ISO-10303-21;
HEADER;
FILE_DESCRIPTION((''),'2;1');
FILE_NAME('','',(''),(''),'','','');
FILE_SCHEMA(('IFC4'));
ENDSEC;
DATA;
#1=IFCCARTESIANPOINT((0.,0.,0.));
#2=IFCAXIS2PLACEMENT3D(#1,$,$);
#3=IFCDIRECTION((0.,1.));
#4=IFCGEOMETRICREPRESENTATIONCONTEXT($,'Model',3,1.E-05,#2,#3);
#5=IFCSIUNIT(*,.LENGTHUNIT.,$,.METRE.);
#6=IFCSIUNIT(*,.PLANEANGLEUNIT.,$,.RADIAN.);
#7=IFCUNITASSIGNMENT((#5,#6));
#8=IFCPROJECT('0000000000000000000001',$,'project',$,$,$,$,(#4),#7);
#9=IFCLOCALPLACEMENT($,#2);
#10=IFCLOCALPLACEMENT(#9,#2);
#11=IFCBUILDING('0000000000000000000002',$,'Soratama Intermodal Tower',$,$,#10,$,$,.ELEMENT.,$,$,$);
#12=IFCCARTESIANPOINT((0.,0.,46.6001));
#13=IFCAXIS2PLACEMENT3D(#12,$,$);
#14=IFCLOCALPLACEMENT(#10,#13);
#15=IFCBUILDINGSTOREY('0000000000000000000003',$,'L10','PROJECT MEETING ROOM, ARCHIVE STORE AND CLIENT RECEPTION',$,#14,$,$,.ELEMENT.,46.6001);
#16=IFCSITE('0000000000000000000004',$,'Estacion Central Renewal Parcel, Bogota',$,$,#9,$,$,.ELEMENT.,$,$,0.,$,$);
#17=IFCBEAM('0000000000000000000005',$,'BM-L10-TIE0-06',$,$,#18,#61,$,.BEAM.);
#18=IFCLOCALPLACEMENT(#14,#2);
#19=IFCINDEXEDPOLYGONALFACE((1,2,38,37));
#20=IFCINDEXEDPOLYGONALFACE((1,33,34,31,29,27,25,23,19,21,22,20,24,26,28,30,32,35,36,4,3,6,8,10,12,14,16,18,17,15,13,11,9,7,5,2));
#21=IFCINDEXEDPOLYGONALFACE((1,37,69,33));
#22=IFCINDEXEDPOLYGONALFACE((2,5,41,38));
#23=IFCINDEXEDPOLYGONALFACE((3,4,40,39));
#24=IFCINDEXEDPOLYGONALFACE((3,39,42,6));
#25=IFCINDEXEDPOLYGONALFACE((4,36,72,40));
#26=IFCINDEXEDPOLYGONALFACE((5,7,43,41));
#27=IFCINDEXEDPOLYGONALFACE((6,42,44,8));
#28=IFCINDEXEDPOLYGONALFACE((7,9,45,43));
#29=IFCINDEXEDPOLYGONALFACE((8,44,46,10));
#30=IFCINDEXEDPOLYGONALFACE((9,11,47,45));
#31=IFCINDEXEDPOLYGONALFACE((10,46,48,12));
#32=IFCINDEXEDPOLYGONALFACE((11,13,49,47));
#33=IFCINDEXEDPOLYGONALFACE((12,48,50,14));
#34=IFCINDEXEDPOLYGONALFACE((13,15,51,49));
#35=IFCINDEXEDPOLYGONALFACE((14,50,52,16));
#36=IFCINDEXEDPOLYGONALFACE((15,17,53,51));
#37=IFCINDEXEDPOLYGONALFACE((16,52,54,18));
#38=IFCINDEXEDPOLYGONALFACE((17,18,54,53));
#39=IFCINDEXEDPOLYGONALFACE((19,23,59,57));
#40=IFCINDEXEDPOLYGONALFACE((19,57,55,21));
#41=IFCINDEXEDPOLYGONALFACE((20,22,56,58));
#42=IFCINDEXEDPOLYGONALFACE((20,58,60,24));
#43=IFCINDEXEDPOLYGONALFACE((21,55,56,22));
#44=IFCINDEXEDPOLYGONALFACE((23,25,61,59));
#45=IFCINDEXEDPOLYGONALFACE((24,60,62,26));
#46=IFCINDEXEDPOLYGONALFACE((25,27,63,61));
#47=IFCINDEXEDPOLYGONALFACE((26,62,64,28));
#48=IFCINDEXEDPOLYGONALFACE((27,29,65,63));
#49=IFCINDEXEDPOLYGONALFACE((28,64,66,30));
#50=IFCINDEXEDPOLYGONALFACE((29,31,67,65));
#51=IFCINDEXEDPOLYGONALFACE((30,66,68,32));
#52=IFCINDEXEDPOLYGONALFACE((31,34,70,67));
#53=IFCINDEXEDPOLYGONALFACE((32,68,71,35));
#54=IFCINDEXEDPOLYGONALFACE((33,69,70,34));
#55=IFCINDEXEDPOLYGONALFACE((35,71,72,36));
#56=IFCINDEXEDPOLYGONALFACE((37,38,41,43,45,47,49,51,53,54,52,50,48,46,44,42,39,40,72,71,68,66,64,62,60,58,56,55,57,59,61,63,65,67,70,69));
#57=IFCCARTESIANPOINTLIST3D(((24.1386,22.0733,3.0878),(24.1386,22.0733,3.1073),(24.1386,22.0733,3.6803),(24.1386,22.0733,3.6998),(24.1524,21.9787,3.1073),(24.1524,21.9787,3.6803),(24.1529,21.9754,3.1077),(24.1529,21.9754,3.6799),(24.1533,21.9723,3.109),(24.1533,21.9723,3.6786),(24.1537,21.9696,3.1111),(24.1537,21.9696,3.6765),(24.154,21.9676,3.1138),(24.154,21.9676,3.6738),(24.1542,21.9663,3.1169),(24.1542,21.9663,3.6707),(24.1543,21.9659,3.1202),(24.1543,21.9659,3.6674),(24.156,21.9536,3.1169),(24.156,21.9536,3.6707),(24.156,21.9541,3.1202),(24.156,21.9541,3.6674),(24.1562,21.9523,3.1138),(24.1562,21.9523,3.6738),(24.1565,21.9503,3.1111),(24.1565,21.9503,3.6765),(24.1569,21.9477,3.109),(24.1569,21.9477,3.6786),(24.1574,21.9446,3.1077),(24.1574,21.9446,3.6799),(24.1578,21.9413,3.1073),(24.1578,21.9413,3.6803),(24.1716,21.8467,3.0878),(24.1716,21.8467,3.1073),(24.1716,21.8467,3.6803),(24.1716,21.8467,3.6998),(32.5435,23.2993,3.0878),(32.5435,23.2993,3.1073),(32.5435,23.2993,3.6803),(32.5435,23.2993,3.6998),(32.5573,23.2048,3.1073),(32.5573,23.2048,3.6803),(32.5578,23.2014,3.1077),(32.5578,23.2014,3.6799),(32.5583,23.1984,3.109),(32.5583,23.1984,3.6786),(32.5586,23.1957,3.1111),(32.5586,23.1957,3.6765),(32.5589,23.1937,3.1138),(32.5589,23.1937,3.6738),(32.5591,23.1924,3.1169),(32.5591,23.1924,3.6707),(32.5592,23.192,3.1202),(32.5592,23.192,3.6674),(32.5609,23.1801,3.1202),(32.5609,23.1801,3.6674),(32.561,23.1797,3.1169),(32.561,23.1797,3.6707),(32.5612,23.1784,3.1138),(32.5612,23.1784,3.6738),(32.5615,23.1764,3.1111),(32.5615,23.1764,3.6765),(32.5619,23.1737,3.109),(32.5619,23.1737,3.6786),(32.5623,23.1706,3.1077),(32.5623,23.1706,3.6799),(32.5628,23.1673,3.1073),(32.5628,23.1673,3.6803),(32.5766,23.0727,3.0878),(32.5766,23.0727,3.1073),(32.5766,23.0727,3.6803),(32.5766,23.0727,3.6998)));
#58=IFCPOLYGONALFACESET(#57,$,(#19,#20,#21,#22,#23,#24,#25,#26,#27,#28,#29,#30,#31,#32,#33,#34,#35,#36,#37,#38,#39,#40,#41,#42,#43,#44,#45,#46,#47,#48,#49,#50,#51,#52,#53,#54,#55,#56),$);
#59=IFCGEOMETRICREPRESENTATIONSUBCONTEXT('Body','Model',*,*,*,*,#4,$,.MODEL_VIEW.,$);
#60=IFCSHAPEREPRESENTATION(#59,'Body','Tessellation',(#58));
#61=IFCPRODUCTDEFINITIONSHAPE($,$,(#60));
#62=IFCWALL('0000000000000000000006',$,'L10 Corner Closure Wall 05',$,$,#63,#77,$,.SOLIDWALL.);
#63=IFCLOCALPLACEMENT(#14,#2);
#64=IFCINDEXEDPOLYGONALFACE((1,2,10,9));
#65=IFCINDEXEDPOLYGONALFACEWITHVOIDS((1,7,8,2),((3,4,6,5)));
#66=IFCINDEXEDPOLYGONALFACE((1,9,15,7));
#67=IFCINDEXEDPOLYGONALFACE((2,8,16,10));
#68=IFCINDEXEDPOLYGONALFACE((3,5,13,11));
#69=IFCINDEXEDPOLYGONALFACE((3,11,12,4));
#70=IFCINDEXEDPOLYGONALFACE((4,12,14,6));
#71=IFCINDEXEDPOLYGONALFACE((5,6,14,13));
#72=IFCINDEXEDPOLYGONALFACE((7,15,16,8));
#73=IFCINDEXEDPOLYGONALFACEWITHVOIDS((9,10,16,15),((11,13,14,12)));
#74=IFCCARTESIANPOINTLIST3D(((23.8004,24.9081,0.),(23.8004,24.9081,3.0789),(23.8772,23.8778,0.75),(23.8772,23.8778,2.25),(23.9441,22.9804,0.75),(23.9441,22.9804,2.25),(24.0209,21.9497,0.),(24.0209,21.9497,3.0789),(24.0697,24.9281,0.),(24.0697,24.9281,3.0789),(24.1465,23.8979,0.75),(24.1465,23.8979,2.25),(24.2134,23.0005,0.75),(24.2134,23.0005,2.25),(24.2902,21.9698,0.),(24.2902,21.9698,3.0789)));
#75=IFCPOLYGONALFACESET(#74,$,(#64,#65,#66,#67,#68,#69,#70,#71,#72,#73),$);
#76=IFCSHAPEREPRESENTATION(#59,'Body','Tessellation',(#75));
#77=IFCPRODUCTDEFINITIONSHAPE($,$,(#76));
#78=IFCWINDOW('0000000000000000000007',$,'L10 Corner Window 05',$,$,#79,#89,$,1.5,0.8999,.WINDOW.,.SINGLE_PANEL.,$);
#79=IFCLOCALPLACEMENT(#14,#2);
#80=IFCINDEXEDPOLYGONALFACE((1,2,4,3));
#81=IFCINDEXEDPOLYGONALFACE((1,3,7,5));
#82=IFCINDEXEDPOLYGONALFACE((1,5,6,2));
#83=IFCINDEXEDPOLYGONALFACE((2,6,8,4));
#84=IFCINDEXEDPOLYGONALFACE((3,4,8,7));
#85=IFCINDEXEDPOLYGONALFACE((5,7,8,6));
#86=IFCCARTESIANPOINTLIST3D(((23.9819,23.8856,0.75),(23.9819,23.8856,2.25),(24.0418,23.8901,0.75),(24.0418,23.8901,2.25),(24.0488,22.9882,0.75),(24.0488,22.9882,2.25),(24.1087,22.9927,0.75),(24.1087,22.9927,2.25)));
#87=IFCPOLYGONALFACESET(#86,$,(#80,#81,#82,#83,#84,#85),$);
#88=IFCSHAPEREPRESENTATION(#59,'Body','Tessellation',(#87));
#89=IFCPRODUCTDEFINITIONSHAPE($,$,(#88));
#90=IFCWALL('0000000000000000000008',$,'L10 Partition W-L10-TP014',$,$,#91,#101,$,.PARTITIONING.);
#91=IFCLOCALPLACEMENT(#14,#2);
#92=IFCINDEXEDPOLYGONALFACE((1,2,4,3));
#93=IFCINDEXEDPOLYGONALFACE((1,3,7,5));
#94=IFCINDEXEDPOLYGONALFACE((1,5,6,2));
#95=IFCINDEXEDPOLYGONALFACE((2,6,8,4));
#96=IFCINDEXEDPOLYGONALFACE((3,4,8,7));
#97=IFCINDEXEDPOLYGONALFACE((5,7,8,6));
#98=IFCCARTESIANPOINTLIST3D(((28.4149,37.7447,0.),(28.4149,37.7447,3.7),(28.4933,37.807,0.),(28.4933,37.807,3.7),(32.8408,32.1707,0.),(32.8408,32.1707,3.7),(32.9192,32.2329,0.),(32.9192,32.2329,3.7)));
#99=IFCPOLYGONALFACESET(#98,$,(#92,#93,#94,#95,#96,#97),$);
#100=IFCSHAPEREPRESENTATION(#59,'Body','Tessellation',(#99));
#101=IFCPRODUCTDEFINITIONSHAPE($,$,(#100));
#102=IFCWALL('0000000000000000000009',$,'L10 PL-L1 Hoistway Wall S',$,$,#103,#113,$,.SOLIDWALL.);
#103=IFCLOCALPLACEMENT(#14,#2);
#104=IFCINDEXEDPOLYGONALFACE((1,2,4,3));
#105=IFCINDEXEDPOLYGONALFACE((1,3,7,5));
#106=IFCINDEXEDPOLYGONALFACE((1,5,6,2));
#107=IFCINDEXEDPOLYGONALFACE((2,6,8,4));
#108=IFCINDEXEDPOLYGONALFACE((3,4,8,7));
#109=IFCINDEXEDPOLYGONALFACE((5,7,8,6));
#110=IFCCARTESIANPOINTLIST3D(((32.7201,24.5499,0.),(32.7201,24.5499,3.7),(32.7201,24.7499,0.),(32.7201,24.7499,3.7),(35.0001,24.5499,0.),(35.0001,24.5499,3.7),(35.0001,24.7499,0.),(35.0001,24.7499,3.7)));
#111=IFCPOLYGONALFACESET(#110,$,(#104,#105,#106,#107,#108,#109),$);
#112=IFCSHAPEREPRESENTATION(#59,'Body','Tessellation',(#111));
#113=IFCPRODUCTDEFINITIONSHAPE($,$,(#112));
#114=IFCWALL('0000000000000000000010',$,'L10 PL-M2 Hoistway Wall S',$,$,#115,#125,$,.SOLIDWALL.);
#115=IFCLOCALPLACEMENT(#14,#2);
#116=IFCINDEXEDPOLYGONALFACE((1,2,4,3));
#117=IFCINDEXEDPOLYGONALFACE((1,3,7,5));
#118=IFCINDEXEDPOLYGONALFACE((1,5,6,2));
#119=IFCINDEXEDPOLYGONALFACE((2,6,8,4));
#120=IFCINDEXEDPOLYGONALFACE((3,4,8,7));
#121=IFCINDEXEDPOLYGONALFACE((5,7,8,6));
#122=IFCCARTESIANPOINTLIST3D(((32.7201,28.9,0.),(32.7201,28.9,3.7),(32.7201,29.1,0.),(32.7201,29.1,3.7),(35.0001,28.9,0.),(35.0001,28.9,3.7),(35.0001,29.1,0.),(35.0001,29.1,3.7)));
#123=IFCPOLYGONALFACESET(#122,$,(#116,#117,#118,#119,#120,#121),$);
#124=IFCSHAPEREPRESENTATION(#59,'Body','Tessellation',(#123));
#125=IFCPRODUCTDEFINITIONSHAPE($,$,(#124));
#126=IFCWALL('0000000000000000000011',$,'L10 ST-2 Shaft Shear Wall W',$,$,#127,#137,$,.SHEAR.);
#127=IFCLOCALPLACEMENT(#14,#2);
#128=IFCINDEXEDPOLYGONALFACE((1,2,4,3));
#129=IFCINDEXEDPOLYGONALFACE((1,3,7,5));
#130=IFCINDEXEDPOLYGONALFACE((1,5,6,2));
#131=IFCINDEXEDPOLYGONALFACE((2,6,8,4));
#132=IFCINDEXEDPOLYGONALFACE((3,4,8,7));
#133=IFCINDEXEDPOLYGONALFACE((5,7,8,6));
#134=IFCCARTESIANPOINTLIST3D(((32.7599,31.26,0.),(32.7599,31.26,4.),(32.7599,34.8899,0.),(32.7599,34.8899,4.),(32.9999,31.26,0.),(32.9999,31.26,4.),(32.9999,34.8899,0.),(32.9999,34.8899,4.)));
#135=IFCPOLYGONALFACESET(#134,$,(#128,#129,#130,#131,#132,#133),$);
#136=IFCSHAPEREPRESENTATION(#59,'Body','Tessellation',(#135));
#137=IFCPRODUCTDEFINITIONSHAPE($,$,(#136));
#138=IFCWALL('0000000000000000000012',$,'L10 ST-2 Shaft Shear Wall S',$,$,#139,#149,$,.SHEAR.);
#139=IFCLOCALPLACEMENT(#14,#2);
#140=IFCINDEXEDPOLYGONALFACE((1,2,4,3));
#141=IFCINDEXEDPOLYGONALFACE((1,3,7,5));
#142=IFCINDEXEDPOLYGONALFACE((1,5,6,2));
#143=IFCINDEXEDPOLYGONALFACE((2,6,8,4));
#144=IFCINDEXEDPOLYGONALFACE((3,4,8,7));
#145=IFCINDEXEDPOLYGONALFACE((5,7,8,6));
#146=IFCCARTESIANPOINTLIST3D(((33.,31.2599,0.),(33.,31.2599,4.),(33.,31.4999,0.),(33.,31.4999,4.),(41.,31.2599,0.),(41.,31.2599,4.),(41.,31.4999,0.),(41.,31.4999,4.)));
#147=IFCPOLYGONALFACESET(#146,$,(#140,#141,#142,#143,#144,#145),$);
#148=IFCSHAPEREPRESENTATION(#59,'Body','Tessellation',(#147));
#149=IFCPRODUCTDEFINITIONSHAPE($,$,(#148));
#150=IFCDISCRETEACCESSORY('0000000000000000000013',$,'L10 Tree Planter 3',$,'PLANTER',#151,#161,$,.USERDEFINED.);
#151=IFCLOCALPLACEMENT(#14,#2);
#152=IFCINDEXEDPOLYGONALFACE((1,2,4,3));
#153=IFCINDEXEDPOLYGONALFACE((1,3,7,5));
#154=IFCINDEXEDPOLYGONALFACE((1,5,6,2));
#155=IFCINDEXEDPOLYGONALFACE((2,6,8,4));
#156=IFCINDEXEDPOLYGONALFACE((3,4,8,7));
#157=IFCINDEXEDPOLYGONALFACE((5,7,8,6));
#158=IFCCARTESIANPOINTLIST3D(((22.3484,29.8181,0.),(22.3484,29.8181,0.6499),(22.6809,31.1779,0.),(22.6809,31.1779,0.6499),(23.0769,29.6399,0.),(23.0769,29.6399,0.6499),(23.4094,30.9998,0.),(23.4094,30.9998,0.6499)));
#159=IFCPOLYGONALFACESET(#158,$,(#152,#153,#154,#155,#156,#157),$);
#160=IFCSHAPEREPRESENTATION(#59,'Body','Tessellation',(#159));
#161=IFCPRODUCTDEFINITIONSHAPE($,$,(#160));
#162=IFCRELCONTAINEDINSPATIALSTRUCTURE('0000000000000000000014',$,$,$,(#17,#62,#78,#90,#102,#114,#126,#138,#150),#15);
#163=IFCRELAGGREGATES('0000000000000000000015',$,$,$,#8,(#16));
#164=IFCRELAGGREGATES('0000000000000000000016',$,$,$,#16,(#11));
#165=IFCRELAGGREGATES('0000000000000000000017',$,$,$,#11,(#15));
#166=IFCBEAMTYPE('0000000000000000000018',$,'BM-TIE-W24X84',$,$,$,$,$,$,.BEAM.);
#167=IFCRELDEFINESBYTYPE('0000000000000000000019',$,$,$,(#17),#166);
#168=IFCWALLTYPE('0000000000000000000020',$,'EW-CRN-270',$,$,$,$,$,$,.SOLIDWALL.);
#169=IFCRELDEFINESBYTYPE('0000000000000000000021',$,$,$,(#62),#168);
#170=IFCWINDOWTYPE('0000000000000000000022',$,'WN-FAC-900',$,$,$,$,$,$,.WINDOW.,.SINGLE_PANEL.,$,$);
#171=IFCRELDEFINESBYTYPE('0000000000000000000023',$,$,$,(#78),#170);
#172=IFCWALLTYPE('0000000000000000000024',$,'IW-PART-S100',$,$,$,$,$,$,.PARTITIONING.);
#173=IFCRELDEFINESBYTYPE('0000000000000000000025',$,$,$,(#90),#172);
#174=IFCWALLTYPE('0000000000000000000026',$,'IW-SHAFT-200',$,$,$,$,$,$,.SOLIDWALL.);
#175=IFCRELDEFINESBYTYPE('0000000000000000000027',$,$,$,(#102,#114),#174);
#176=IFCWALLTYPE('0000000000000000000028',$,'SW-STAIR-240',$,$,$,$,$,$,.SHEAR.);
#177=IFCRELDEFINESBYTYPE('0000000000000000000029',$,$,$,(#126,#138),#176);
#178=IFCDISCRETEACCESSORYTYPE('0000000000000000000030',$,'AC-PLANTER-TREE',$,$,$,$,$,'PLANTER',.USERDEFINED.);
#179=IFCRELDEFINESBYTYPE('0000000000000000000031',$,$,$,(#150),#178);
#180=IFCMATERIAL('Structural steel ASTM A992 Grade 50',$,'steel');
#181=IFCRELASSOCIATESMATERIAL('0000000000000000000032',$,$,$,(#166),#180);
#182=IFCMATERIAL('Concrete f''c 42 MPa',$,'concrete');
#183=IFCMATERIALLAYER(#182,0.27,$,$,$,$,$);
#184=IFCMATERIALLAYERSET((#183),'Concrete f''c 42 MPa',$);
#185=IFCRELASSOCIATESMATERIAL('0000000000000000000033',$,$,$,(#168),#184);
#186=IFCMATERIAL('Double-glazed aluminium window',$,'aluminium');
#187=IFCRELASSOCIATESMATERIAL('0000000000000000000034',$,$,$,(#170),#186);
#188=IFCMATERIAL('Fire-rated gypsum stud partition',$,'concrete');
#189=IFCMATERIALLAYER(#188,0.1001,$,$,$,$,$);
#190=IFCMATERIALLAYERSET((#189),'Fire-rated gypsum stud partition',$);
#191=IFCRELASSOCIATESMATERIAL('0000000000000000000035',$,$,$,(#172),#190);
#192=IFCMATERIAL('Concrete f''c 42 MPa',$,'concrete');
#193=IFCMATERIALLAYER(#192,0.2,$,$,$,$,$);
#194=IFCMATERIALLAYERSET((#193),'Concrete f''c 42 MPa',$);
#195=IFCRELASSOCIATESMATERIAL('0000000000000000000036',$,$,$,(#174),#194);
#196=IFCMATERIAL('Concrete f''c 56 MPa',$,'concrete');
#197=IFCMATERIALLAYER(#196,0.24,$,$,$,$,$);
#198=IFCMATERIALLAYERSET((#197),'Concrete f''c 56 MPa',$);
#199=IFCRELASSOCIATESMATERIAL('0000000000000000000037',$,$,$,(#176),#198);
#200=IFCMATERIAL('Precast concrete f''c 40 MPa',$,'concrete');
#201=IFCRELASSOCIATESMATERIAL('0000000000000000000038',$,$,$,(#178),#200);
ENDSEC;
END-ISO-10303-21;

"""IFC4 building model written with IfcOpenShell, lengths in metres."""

from ifc_helpers import new_model, si_unit, direction, frame, frame_2d, origin, origin_2d, place, context, subcontext, project, spatial, rectangle, i_section, extrude, material, layer, layer_set, material_profile, profile_set, type_object, element, fill, save


model = new_model("IFC4")

# Units and contexts
model_context = context("Model", 3, precision=1e-05, world=origin(), true_north=direction((0.0, 1.0)))
body_context = subcontext(model_context, "Body", "Model", "MODEL_VIEW")
ifc_project = project(units=[si_unit("LENGTHUNIT", "METRE"), si_unit("PLANEANGLEUNIT", "RADIAN")], contexts=[model_context])

# Site, building, storey
site_placement = place(None, origin())
site = spatial("IfcSite", under=ifc_project, at=site_placement, Name="Estacion Central Renewal Parcel, Bogota", CompositionType="ELEMENT", RefElevation=0.0)
building_placement = place(site_placement, origin())
building = spatial("IfcBuilding", under=site, at=building_placement, Name="Soratama Intermodal Tower", CompositionType="ELEMENT")
storey_placement = place(building_placement, frame((0.0, 0.0, 46.6001)))
storey = spatial("IfcBuildingStorey", under=building, at=storey_placement, Name="L10", Description="PROJECT MEETING ROOM, ARCHIVE STORE AND CLIENT RECEPTION", CompositionType="ELEMENT", Elevation=46.6001)

# Beam
ifc_material_1 = material(Name="Structural steel ASTM A992 Grade 50", Category="steel")
ifc_material_profile_1 = material_profile(ifc_material_1, i_section(OverallWidth=0.229, OverallDepth=0.6121, WebThickness=0.012, FlangeThickness=0.0195, FilletRadius=0.0129, at=origin_2d()), Name="W24X84")
ifc_profile_set_1 = profile_set([ifc_material_profile_1], Name="Structural steel ASTM A992 Grade 50")
beam_type_1 = type_object("IfcBeamType", Name="BM-TIE-W24X84", PredefinedType="BEAM", material=ifc_profile_set_1)
beam_1_placement = place(storey_placement, frame((32.5601, 23.186, 3.3938), z_axis=(-0.989527, -0.144346, 0.0), x_axis=(0.144346, -0.989527, 0.0)))
element("IfcBeam", 1, at=beam_1_placement, inside=storey, type_object=beam_type_1, Name="BM-L10-TIE0-06", PredefinedType="BEAM", context=body_context, shape_type="SweptSolid", body=[
    extrude(i_section(OverallWidth=0.229, OverallDepth=0.6121, WebThickness=0.012, FlangeThickness=0.0195, FilletRadius=0.0129, at=origin_2d()), origin(), (0.0, 0.0, 1.0), 8.4939),
])

# Wall, opening, window
ifc_material_2 = material(Name="Concrete f'c 42 MPa", Category="concrete")
ifc_layer_1 = layer(ifc_material_2, 0.27)
ifc_layer_set_1 = layer_set([ifc_layer_1], Name="Concrete f'c 42 MPa")
wall_type_1 = type_object("IfcWallType", Name="EW-CRN-270", PredefinedType="SOLIDWALL", material=ifc_layer_set_1)
wall_1_placement = place(storey_placement, frame((23.9351, 24.9182, 0.0), z_axis=(0.0, 0.0, 1.0), x_axis=(0.074317, -0.997235, 0.0)))
wall_1 = element("IfcWall", 2, at=wall_1_placement, inside=storey, type_object=wall_type_1, Name="L10 Corner Closure Wall 05", PredefinedType="SOLIDWALL", context=body_context, shape_type="SweptSolid", body=[
    extrude(rectangle(XDim=2.9666, YDim=0.27, at=frame_2d((1.4834, 0.0))), origin(), (0.0, 0.0, 1.0), 3.0789),
])
opening_1_placement = place(wall_1_placement, frame((1.0332, 0.0, 0.75)))
opening_1 = element("IfcOpeningElement", 3, at=opening_1_placement, cuts=wall_1, PredefinedType="OPENING", context=body_context, shape_type="SweptSolid", body=[
    extrude(rectangle(XDim=0.8999, YDim=1.5, at=frame_2d((0.45, 0.75))), frame((0.0, 0.145, 0.0), z_axis=(0.0, -1.0, 0.0), x_axis=(1.0, 0.0, 0.0)), (0.0, 0.0, 1.0), 0.29),
])
ifc_material_3 = material(Name="Double-glazed aluminium window", Category="aluminium")
window_type = type_object("IfcWindowType", Name="WN-FAC-900", PartitioningType="SINGLE_PANEL", PredefinedType="WINDOW", material=ifc_material_3)
window_placement = place(opening_1_placement, origin())
window = element("IfcWindow", 4, at=window_placement, inside=storey, type_object=window_type, Name="L10 Corner Window 05", OverallHeight=1.5, OverallWidth=0.8999, PartitioningType="SINGLE_PANEL", PredefinedType="WINDOW", context=body_context, shape_type="SweptSolid", body=[
    extrude(rectangle(XDim=0.8999, YDim=1.5, at=frame_2d((0.45, 0.75))), frame((0.0, 0.03, 0.0), z_axis=(0.0, -1.0, 0.0), x_axis=(1.0, 0.0, 0.0)), (0.0, 0.0, 1.0), 0.0601),
])
fill(opening_1, window)

# Walls
ifc_material_4 = material(Name="Fire-rated gypsum stud partition", Category="concrete")
ifc_layer_2 = layer(ifc_material_4, 0.1001)
ifc_layer_set_2 = layer_set([ifc_layer_2], Name="Fire-rated gypsum stud partition")
wall_type_2 = type_object("IfcWallType", Name="IW-PART-S100", PredefinedType="PARTITIONING", material=ifc_layer_set_2)
wall_2_placement = place(storey_placement, frame((32.8799, 32.2019, 0.0), z_axis=(0.0, 0.0, 1.0), x_axis=(-0.62183, 0.783153, 0.0)))
element("IfcWall", 5, at=wall_2_placement, inside=storey, type_object=wall_type_2, Name="L10 Partition W-L10-TP014", PredefinedType="PARTITIONING", context=body_context, shape_type="SweptSolid", body=[
    extrude(rectangle(XDim=7.1174, YDim=0.1001, at=frame_2d((3.5586, 0.0))), origin(), (0.0, 0.0, 1.0), 3.7),
])
ifc_material_5 = material(Name="Concrete f'c 42 MPa", Category="concrete")
ifc_layer_3 = layer(ifc_material_5, 0.2)
ifc_layer_set_3 = layer_set([ifc_layer_3], Name="Concrete f'c 42 MPa")
wall_type_3 = type_object("IfcWallType", Name="IW-SHAFT-200", PredefinedType="SOLIDWALL", material=ifc_layer_set_3)
wall_3_placement = place(storey_placement, frame((32.72, 24.6499, 0.0), z_axis=(0.0, 0.0, 1.0), x_axis=(1.0, 0.0, 0.0)))
element("IfcWall", 6, at=wall_3_placement, inside=storey, type_object=wall_type_3, Name="L10 PL-L1 Hoistway Wall S", PredefinedType="SOLIDWALL", context=body_context, shape_type="SweptSolid", body=[
    extrude(rectangle(XDim=2.28, YDim=0.2, at=frame_2d((1.1401, 0.0))), origin(), (0.0, 0.0, 1.0), 3.7),
])

# Walls
wall_4_placement = place(storey_placement, frame((32.72, 29.0, 0.0), z_axis=(0.0, 0.0, 1.0), x_axis=(1.0, 0.0, 0.0)))
element("IfcWall", 7, at=wall_4_placement, inside=storey, type_object=wall_type_3, Name="L10 PL-M2 Hoistway Wall S", PredefinedType="SOLIDWALL", context=body_context, shape_type="SweptSolid", body=[
    extrude(rectangle(XDim=2.28, YDim=0.2, at=frame_2d((1.1401, 0.0))), origin(), (0.0, 0.0, 1.0), 3.7),
])
ifc_material_6 = material(Name="Concrete f'c 56 MPa", Category="concrete")
ifc_layer_4 = layer(ifc_material_6, 0.24)
ifc_layer_set_4 = layer_set([ifc_layer_4], Name="Concrete f'c 56 MPa")
wall_type_4 = type_object("IfcWallType", Name="SW-STAIR-240", PredefinedType="SHEAR", material=ifc_layer_set_4)
wall_5_placement = place(storey_placement, frame((32.8799, 31.26, 0.0), z_axis=(0.0, 0.0, 1.0), x_axis=(0.0, 1.0, 0.0)))
element("IfcWall", 8, at=wall_5_placement, inside=storey, type_object=wall_type_4, Name="L10 ST-2 Shaft Shear Wall W", PredefinedType="SHEAR", context=body_context, shape_type="SweptSolid", body=[
    extrude(rectangle(XDim=3.6299, YDim=0.24, at=frame_2d((1.8149, 0.0))), origin(), (0.0, 0.0, 1.0), 4.0),
])
wall_6_placement = place(storey_placement, frame((33.0, 31.3799, 0.0), z_axis=(0.0, 0.0, 1.0), x_axis=(1.0, 0.0, 0.0)))
element("IfcWall", 9, at=wall_6_placement, inside=storey, type_object=wall_type_4, Name="L10 ST-2 Shaft Shear Wall S", PredefinedType="SHEAR", context=body_context, shape_type="SweptSolid", body=[
    extrude(rectangle(XDim=8.0, YDim=0.24, at=frame_2d((4.0, 0.0))), origin(), (0.0, 0.0, 1.0), 4.0),
])

# Discrete accessory
ifc_material_7 = material(Name="Precast concrete f'c 40 MPa", Category="concrete")
discrete_accessory_type = type_object("IfcDiscreteAccessoryType", Name="AC-PLANTER-TREE", ElementType="PLANTER", PredefinedType="USERDEFINED", material=ifc_material_7)
discrete_accessory_placement = place(storey_placement, frame((22.8789, 30.4089, 0.0), z_axis=(0.0, 0.0, 1.0), x_axis=(-0.971384, 0.237516, 0.0)))
element("IfcDiscreteAccessory", 10, at=discrete_accessory_placement, inside=storey, type_object=discrete_accessory_type, Name="L10 Tree Planter 3", ObjectType="PLANTER", PredefinedType="USERDEFINED", context=body_context, shape_type="SweptSolid", body=[
    extrude(rectangle(XDim=0.75, YDim=1.3999, at=origin_2d()), origin(), (0.0, 0.0, 1.0), 0.6499),
])

save(model, "model.ifc")
